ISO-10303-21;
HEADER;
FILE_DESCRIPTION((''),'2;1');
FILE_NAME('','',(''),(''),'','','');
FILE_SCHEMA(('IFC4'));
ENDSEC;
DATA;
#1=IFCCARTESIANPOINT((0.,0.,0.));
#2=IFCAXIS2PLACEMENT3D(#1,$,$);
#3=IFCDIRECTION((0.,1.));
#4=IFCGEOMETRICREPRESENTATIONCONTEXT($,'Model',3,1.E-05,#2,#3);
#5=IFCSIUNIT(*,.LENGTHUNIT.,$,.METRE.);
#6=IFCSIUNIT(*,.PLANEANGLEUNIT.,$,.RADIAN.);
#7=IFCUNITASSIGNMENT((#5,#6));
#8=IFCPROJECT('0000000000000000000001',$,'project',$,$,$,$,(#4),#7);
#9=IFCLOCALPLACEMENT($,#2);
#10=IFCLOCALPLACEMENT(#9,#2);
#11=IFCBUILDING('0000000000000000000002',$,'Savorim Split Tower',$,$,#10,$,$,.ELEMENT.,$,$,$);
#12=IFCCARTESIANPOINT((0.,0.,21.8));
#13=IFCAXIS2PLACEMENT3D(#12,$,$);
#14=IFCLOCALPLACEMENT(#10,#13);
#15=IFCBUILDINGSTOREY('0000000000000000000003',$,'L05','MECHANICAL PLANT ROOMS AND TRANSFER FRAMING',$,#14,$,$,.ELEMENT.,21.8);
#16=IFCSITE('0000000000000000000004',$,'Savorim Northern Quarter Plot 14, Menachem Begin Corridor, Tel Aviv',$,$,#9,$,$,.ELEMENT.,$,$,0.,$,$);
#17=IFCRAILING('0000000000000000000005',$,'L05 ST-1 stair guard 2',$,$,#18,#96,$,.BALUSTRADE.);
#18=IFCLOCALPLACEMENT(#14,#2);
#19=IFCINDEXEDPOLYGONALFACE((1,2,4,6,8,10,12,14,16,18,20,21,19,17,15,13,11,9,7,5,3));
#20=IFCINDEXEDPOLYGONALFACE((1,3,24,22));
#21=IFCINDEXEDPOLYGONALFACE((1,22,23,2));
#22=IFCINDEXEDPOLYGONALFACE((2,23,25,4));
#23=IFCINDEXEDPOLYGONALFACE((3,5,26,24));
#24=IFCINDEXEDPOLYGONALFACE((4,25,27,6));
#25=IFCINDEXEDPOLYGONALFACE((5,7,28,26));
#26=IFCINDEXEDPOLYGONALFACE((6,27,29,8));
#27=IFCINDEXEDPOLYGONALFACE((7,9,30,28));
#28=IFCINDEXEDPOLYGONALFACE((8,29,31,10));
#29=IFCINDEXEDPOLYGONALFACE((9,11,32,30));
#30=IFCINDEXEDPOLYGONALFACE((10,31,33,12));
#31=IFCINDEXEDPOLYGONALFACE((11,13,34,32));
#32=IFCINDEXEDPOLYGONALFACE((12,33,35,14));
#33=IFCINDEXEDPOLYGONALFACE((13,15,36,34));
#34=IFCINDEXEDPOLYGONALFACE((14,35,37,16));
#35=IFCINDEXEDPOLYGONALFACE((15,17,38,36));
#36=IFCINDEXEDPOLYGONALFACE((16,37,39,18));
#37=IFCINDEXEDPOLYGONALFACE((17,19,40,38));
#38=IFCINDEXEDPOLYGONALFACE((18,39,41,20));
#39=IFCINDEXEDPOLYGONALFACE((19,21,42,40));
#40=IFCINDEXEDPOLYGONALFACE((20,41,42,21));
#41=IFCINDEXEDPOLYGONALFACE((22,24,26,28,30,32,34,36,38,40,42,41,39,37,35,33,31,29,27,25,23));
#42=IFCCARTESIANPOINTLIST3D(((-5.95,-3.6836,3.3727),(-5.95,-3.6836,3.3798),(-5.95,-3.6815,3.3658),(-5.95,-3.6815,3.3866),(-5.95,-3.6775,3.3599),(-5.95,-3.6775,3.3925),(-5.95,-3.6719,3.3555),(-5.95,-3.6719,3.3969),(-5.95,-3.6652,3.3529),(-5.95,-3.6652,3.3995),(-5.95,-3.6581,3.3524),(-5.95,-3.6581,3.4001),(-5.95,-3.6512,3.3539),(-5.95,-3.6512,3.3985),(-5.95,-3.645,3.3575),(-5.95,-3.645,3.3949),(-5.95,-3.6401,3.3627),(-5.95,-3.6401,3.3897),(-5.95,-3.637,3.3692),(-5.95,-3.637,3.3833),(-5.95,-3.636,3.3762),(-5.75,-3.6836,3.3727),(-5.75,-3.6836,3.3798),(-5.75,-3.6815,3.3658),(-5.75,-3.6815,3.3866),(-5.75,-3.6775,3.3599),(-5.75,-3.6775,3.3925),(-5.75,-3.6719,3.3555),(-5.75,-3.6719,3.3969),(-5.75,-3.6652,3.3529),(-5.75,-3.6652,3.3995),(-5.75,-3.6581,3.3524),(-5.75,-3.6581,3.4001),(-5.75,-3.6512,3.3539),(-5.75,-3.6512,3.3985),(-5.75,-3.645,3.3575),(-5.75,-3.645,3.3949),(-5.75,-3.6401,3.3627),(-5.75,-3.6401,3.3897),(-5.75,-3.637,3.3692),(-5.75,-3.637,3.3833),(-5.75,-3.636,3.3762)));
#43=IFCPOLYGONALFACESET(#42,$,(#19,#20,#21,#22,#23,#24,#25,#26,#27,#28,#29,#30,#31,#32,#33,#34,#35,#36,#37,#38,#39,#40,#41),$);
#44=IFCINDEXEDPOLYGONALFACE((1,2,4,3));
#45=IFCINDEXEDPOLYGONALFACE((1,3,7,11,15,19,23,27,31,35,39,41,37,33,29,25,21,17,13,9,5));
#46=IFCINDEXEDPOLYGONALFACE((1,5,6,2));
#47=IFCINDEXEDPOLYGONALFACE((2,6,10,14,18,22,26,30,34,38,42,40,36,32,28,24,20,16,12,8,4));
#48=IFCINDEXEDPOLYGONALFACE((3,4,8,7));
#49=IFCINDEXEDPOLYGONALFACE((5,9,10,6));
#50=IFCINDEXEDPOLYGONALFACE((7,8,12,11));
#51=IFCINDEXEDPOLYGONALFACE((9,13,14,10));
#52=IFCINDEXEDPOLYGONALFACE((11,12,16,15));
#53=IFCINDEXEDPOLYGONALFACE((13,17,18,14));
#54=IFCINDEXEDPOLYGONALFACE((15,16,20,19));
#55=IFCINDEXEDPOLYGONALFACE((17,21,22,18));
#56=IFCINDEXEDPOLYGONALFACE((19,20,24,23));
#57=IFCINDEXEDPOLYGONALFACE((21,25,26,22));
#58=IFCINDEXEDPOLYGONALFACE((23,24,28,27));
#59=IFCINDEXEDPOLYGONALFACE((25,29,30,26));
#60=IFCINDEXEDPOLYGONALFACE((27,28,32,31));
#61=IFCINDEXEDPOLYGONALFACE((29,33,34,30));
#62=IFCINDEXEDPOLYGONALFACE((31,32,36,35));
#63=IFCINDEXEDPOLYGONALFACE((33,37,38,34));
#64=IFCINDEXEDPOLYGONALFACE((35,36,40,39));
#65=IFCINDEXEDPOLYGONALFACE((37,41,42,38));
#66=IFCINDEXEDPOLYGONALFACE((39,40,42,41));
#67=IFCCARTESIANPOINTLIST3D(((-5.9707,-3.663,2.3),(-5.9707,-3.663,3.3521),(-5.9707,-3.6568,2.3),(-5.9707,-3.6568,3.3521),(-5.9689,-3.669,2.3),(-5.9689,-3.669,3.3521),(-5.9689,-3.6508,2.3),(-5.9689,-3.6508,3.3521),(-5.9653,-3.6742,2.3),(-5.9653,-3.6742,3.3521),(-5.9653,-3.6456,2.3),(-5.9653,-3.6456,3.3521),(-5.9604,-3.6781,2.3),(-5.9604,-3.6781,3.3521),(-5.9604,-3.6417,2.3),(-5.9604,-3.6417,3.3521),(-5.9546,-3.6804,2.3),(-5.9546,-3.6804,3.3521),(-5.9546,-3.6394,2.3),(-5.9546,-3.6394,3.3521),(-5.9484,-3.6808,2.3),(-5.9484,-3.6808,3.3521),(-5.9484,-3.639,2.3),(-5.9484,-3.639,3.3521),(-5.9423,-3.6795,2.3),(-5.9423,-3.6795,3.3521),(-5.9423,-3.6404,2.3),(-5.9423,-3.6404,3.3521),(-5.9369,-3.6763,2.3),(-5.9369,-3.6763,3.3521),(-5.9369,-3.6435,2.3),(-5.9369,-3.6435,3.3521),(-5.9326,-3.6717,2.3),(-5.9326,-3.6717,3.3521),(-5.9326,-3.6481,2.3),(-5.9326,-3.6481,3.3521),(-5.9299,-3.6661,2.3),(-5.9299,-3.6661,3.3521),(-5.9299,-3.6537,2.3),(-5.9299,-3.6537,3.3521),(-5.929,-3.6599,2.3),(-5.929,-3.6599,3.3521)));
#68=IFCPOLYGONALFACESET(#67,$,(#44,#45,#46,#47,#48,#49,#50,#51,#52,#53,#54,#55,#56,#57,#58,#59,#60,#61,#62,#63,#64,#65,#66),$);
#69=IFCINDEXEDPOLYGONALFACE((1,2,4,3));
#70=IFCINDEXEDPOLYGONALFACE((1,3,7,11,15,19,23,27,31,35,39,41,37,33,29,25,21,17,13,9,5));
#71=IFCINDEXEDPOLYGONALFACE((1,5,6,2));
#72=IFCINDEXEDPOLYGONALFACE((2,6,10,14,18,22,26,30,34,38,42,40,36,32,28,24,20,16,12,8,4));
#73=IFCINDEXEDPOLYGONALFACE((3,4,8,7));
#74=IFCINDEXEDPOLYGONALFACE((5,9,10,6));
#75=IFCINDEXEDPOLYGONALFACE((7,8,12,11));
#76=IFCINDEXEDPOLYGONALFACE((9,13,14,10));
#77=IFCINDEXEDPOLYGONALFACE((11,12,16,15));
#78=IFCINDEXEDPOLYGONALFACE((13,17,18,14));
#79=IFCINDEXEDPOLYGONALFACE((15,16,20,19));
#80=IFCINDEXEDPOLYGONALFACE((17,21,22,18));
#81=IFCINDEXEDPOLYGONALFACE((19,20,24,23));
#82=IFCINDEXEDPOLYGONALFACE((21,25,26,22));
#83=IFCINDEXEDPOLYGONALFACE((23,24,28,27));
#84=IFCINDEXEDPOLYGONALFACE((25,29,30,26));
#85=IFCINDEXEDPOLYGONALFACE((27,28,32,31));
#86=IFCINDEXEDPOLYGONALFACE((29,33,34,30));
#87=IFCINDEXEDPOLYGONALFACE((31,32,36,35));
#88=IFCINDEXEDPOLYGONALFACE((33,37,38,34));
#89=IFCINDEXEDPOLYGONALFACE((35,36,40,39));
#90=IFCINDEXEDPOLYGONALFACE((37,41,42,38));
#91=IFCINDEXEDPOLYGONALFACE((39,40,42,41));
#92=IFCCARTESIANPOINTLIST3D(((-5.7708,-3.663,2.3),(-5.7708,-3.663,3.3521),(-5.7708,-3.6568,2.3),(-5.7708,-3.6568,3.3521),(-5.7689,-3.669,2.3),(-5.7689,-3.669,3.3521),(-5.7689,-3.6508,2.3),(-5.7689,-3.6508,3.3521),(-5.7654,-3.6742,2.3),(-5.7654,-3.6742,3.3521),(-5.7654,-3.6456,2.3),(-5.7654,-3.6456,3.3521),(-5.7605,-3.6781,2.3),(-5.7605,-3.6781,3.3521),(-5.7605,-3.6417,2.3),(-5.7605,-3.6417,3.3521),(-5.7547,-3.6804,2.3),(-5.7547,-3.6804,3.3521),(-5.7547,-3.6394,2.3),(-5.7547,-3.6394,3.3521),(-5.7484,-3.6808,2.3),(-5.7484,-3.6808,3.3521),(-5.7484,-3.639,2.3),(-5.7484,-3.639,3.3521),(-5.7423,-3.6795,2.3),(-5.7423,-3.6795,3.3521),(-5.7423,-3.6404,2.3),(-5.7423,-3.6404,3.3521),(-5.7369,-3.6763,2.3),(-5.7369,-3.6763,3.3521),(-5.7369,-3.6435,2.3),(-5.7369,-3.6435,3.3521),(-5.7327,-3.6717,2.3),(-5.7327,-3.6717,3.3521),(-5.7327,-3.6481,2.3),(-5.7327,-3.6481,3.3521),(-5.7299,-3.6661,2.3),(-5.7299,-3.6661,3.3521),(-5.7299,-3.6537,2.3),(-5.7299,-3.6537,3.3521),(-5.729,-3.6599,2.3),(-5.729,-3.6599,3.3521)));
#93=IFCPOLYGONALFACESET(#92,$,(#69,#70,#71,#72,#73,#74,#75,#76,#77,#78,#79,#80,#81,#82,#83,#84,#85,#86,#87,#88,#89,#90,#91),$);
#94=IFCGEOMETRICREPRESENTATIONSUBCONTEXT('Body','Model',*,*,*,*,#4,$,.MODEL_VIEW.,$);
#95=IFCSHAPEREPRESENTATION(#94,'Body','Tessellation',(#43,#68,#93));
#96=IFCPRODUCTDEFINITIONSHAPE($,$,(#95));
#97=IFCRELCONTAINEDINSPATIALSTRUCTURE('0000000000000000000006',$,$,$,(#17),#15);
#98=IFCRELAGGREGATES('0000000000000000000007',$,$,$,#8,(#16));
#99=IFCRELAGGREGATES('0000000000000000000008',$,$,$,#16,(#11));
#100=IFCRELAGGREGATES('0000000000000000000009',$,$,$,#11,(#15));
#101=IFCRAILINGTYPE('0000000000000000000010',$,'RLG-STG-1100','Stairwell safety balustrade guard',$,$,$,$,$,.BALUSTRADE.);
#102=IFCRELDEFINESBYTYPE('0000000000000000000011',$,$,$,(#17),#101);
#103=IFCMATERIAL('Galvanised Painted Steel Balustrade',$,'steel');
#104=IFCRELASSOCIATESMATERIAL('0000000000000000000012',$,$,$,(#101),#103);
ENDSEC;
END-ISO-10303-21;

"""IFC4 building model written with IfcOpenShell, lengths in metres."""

from ifc_helpers import new_model, si_unit, direction, frame, origin, origin_2d, place, context, subcontext, project, spatial, circle, extrude, material, type_object, element, save


model = new_model("IFC4")

# Units and contexts
model_context = context("Model", 3, precision=1e-05, world=origin(), true_north=direction((0.0, 1.0)))
body_context = subcontext(model_context, "Body", "Model", "MODEL_VIEW")
ifc_project = project(units=[si_unit("LENGTHUNIT", "METRE"), si_unit("PLANEANGLEUNIT", "RADIAN")], contexts=[model_context])

# Site, building, storey
site_placement = place(None, origin())
site = spatial("IfcSite", under=ifc_project, at=site_placement, Name="Savorim Northern Quarter Plot 14, Menachem Begin Corridor, Tel Aviv", CompositionType="ELEMENT", RefElevation=0.0)
building_placement = place(site_placement, origin())
building = spatial("IfcBuilding", under=site, at=building_placement, Name="Savorim Split Tower", CompositionType="ELEMENT")
storey_placement = place(building_placement, frame((0.0, 0.0, 21.8)))
storey = spatial("IfcBuildingStorey", under=building, at=storey_placement, Name="L05", Description="MECHANICAL PLANT ROOMS AND TRANSFER FRAMING", CompositionType="ELEMENT", Elevation=21.8)

# Railing
ifc_material_1 = material(Name="Galvanised Painted Steel Balustrade", Category="steel")
railing_type_1 = type_object("IfcRailingType", Name="RLG-STG-1100", Description="Stairwell safety balustrade guard", PredefinedType="BALUSTRADE", material=ifc_material_1)
railing_1_placement = place(storey_placement, frame((-5.95, -3.6599, 2.3)))
element("IfcRailing", 1, at=railing_1_placement, inside=storey, type_object=railing_type_1, Name="L05 ST-1 stair guard 2", PredefinedType="BALUSTRADE", context=body_context, shape_type="SweptSolid", body=[
    extrude(circle(Radius=0.0239, at=origin_2d()), frame((0.0, 0.0, 1.0762), z_axis=(1.0, 0.0, 0.0), x_axis=(0.0, 1.0, 0.0)), (0.0, 0.0, 1.0), 0.2),
    extrude(circle(Radius=0.021, at=origin_2d()), origin(), (0.0, 0.0, 1.0), 1.052),
    extrude(circle(Radius=0.021, at=origin_2d()), frame((0.2, 0.0, 0.0)), (0.0, 0.0, 1.0), 1.052),
])

save(model, "model.ifc")
